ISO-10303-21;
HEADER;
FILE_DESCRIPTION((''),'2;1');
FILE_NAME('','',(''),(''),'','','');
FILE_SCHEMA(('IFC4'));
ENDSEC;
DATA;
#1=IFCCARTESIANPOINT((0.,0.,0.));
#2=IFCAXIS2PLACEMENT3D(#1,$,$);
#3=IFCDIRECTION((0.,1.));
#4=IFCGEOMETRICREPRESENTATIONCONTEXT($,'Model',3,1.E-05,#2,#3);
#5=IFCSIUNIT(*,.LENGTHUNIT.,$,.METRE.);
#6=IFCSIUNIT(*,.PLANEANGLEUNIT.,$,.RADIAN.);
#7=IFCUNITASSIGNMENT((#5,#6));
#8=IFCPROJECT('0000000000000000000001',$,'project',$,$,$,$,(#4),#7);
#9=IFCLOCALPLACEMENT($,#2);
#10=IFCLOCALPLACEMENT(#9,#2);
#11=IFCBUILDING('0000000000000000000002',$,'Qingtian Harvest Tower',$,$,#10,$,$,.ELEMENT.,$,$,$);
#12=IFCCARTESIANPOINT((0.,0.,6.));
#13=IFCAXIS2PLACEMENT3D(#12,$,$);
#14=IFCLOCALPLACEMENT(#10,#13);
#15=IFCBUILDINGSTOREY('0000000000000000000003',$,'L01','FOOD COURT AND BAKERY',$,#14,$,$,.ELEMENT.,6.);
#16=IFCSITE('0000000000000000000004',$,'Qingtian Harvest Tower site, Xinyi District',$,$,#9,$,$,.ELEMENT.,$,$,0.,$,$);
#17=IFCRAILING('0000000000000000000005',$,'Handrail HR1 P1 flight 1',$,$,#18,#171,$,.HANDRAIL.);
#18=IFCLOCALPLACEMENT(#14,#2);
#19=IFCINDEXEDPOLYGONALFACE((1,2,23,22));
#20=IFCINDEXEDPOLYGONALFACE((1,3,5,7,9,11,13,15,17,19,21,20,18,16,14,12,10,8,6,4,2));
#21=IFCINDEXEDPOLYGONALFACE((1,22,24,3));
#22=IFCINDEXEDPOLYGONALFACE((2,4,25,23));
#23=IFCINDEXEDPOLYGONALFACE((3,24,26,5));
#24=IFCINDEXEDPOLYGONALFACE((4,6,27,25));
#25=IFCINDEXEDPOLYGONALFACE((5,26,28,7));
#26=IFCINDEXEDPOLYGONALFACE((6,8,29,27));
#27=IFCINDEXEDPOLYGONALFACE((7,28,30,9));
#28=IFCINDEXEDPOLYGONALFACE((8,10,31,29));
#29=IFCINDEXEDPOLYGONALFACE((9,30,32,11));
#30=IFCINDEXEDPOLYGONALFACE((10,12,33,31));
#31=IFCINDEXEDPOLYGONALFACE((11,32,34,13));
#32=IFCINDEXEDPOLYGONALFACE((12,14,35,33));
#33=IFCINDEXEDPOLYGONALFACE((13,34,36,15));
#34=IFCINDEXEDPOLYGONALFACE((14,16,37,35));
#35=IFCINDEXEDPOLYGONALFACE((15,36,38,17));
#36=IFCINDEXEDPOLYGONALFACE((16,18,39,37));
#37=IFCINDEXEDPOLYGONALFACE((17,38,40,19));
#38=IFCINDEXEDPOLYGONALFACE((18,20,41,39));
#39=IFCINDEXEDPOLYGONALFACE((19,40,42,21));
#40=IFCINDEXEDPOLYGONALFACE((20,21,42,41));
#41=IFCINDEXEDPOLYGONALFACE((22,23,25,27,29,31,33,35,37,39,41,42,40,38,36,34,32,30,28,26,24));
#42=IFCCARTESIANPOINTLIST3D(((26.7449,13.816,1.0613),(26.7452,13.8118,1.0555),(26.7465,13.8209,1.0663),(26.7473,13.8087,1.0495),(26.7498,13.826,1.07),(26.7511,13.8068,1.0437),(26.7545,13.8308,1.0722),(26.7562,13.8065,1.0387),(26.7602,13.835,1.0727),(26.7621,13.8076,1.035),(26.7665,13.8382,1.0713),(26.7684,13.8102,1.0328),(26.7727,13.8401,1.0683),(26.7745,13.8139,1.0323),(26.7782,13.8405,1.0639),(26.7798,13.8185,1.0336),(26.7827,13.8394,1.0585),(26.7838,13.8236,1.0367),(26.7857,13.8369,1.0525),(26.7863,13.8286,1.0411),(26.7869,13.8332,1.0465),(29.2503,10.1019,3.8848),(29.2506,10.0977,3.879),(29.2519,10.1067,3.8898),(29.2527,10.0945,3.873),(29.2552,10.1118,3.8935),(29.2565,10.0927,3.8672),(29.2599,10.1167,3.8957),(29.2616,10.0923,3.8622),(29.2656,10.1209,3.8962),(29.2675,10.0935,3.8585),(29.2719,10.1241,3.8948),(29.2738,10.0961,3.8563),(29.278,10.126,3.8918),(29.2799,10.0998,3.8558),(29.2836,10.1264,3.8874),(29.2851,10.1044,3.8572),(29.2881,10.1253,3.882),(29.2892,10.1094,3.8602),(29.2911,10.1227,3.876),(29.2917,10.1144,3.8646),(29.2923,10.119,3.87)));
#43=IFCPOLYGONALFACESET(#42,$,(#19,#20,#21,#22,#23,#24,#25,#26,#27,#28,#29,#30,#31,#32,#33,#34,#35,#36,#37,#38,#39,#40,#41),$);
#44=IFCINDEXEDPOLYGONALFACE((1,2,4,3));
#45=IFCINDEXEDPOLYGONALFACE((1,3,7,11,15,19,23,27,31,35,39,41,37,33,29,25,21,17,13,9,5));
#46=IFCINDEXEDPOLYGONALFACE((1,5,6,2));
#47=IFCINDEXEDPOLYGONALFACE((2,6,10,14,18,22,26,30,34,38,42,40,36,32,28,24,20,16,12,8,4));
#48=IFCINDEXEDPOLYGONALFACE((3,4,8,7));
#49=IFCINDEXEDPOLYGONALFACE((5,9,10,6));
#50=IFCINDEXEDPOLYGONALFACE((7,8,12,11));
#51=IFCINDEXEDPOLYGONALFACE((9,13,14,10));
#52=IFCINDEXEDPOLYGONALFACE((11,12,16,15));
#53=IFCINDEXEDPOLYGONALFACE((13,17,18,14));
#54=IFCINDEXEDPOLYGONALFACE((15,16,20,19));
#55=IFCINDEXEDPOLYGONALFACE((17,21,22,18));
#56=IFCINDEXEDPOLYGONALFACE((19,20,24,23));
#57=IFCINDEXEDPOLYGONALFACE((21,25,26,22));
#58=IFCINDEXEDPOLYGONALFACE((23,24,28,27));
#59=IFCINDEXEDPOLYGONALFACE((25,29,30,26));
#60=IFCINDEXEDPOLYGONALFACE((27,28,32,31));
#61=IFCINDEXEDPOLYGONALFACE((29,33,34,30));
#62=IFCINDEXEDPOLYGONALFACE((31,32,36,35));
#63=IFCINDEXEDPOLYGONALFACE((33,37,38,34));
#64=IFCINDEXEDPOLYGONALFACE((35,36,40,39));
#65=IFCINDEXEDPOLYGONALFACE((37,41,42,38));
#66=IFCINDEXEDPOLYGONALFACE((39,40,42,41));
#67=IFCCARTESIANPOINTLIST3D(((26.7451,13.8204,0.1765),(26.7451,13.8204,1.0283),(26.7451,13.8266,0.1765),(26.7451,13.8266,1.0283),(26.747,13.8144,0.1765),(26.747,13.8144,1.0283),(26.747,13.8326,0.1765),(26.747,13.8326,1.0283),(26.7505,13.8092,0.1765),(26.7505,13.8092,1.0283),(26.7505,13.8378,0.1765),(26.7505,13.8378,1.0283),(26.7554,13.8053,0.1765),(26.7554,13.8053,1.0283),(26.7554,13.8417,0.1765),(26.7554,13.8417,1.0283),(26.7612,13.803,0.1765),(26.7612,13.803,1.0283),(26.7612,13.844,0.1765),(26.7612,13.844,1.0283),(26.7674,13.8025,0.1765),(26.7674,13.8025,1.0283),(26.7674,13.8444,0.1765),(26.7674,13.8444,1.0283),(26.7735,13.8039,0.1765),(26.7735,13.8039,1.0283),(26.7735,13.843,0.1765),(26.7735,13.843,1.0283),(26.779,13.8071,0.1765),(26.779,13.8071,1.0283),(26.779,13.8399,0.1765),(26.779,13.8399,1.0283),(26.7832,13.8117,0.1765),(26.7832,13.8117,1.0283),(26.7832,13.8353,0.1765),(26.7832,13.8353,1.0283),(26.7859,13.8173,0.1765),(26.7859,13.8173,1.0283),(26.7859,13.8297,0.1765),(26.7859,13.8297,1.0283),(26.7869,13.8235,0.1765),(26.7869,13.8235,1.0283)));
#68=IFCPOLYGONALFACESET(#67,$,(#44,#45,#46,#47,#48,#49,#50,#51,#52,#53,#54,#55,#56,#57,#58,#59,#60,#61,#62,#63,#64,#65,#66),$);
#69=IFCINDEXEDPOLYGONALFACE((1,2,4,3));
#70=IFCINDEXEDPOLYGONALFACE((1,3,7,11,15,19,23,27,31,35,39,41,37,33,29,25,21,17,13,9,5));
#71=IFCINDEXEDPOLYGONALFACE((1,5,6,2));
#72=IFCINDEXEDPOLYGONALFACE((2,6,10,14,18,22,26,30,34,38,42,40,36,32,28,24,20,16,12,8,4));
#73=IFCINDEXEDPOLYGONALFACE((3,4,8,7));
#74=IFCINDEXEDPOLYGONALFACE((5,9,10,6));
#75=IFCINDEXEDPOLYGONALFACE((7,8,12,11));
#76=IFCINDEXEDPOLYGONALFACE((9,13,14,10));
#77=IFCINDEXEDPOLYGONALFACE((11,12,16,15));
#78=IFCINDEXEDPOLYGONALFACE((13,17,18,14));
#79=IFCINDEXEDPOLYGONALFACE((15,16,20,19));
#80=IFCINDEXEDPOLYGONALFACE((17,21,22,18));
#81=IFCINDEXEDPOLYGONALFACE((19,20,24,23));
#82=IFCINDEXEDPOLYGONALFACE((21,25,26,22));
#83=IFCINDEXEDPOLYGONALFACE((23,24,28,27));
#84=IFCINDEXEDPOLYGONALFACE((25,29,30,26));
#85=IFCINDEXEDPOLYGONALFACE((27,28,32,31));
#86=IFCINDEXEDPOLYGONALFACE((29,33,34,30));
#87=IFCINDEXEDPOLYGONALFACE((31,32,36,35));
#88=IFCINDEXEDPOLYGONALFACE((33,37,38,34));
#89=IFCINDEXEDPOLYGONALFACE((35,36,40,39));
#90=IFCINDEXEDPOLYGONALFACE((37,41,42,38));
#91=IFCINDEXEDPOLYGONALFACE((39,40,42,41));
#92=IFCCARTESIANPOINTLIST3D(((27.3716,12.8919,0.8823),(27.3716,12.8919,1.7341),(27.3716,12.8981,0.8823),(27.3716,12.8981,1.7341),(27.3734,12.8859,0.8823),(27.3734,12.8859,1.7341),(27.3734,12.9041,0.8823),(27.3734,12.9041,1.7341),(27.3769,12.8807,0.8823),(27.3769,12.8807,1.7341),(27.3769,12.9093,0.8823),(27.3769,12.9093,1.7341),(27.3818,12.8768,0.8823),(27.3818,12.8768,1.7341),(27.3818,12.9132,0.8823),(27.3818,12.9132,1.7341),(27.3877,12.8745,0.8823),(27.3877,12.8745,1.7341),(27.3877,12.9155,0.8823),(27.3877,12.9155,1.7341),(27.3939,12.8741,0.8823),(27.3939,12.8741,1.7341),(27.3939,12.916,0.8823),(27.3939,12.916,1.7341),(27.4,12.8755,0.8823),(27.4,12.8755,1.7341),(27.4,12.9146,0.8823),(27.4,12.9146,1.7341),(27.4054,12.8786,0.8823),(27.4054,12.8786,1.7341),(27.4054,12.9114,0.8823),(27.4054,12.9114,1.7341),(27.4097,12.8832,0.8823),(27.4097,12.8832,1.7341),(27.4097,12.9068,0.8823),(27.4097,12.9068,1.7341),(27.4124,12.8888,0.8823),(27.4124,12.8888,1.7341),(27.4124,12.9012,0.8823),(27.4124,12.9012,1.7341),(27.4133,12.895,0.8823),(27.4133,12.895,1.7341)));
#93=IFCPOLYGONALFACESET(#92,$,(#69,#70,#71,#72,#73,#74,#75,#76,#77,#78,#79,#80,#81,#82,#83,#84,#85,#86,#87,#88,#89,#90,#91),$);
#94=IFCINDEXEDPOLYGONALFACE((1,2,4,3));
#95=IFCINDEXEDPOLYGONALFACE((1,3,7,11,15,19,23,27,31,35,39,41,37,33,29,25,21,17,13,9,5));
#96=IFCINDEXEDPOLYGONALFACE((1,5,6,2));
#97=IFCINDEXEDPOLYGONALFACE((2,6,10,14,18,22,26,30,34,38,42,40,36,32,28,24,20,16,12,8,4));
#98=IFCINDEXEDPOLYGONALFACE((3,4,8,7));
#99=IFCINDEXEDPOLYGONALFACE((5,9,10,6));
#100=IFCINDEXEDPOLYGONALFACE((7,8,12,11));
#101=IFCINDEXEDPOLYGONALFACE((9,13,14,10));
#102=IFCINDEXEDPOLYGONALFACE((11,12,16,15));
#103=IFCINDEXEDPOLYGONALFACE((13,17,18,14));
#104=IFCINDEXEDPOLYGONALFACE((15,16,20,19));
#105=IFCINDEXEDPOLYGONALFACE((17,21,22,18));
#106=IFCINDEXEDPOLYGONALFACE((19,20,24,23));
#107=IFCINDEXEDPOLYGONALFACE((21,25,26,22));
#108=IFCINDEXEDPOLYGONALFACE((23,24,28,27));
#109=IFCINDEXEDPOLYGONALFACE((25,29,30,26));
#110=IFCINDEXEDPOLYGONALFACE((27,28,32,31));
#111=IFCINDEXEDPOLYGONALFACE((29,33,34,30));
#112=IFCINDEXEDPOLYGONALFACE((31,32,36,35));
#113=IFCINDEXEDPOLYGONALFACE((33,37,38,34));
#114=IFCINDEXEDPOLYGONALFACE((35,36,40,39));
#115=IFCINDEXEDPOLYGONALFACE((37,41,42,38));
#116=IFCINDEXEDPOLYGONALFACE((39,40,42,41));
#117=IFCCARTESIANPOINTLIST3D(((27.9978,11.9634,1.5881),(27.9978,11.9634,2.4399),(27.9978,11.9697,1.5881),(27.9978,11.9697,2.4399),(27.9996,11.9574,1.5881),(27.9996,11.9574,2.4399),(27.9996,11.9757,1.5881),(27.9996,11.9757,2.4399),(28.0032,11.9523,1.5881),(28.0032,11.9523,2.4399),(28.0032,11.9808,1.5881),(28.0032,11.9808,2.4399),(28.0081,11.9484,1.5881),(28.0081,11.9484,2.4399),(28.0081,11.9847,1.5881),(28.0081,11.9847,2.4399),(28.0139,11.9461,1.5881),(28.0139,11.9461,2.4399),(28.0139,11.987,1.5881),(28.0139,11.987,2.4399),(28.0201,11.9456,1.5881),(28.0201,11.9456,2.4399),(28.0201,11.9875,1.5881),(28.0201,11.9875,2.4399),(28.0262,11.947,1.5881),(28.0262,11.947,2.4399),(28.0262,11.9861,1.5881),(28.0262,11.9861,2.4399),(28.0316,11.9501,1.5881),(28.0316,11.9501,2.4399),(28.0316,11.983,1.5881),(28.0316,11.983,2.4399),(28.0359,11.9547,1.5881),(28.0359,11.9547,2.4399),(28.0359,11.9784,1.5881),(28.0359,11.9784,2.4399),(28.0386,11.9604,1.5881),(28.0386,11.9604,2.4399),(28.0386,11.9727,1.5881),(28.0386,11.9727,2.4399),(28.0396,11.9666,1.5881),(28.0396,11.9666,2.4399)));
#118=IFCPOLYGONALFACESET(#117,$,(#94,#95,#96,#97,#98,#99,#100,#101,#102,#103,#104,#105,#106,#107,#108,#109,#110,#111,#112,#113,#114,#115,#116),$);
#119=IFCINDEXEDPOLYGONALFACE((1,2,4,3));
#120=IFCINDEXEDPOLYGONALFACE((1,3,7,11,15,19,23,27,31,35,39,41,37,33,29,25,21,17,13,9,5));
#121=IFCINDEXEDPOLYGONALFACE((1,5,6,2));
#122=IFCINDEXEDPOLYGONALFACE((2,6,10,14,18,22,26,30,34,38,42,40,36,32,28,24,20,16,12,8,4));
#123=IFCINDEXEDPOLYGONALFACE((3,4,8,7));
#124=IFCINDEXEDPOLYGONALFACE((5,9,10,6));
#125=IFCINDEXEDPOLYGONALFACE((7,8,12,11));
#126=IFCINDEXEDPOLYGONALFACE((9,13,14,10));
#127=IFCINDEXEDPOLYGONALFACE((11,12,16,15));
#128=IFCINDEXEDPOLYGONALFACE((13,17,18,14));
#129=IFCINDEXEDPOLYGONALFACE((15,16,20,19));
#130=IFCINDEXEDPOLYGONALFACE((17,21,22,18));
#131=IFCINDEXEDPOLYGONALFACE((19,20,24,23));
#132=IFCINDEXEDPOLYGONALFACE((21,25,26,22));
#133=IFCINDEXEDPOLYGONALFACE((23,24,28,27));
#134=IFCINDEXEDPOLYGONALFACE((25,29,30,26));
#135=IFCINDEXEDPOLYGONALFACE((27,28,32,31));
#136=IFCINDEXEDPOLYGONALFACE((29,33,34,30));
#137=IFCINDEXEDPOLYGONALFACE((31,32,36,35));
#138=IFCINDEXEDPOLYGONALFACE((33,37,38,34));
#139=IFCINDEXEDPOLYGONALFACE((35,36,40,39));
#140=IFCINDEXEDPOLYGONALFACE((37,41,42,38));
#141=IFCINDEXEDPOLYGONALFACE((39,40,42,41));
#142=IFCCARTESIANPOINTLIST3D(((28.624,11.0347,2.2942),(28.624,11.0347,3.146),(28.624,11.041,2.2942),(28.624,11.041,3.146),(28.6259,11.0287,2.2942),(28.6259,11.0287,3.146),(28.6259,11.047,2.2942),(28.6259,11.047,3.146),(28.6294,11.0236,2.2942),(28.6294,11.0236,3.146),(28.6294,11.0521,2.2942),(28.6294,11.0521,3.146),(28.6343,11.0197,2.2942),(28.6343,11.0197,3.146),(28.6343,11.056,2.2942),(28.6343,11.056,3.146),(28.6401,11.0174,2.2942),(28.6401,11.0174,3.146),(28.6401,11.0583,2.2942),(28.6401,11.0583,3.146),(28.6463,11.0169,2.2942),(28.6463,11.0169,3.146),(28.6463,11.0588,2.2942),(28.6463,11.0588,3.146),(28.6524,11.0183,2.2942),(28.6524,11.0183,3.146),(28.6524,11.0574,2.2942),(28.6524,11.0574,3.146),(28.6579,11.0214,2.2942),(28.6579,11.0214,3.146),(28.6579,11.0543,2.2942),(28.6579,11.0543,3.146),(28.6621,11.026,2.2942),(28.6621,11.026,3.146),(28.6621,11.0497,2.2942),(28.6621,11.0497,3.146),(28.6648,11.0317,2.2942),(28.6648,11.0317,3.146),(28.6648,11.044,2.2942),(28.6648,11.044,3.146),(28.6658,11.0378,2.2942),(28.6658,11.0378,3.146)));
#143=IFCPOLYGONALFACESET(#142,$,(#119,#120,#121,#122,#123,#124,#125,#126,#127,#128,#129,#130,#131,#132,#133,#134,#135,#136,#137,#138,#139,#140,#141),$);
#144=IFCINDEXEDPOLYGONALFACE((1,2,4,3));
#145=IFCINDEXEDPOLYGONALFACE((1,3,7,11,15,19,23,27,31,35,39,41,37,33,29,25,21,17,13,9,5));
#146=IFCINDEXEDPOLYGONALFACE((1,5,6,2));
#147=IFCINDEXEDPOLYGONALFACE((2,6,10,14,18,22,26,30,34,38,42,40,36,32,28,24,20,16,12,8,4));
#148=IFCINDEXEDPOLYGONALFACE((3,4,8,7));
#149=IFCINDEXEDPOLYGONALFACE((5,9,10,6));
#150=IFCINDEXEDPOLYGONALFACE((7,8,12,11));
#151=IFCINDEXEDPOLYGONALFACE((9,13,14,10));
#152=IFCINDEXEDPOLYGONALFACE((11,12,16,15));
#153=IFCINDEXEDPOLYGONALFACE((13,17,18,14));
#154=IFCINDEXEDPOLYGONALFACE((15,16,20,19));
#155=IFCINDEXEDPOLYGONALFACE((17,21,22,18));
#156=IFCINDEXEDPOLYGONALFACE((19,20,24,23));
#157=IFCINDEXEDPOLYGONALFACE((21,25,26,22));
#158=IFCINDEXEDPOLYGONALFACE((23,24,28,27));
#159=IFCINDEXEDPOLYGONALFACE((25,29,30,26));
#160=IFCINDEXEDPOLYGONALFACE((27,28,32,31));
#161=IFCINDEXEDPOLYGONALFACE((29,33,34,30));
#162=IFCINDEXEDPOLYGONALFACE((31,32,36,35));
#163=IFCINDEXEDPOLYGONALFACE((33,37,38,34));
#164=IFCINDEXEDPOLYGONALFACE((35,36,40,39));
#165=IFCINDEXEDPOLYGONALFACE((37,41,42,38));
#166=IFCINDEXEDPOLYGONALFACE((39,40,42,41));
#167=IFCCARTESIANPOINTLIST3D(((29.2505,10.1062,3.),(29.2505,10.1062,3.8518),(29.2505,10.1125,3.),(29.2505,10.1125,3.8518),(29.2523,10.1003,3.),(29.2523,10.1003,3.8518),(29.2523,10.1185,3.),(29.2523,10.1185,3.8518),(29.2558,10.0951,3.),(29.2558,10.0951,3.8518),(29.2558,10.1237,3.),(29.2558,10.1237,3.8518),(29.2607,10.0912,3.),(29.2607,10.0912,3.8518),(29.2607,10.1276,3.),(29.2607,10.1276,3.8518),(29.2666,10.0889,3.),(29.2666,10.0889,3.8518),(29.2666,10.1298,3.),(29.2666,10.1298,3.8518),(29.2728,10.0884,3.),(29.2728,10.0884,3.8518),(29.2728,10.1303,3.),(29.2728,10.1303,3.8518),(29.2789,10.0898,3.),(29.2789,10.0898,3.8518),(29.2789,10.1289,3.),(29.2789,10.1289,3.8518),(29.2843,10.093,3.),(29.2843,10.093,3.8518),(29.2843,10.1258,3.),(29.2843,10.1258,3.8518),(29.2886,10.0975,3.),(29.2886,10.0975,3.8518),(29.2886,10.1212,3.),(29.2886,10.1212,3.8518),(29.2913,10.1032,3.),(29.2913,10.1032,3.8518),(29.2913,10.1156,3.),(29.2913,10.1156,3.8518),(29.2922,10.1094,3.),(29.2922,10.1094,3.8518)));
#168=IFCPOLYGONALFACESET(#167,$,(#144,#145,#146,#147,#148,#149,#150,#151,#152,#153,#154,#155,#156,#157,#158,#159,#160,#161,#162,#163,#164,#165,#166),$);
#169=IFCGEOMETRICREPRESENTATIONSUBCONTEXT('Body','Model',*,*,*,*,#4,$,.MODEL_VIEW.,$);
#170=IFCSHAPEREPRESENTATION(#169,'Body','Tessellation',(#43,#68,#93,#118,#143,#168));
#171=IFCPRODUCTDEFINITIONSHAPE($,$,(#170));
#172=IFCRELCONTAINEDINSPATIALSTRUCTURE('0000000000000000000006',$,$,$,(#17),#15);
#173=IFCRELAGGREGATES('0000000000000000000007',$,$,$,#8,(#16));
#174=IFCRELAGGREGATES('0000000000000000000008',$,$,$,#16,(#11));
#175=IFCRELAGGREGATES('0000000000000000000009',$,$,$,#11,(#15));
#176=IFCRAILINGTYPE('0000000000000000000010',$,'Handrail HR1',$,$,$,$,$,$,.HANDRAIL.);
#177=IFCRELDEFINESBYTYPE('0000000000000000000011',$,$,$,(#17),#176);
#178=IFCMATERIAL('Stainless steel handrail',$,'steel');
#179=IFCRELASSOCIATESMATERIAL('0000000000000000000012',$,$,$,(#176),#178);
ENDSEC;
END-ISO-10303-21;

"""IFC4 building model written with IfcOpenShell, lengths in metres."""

from ifc_helpers import new_model, si_unit, direction, frame, origin, origin_2d, place, context, subcontext, project, spatial, circle, extrude, material, type_object, element, save


model = new_model("IFC4")

# Units and contexts
model_context = context("Model", 3, precision=1e-05, world=origin(), true_north=direction((0.0, 1.0)))
body_context = subcontext(model_context, "Body", "Model", "MODEL_VIEW")
ifc_project = project(units=[si_unit("LENGTHUNIT", "METRE"), si_unit("PLANEANGLEUNIT", "RADIAN")], contexts=[model_context])

# Site, building, storey
site_placement = place(None, origin())
site = spatial("IfcSite", under=ifc_project, at=site_placement, Name="Qingtian Harvest Tower site, Xinyi District", CompositionType="ELEMENT", RefElevation=0.0)
building_placement = place(site_placement, origin())
building = spatial("IfcBuilding", under=site, at=building_placement, Name="Qingtian Harvest Tower", CompositionType="ELEMENT")
storey_placement = place(building_placement, frame((0.0, 0.0, 6.0)))
storey = spatial("IfcBuildingStorey", under=building, at=storey_placement, Name="L01", Description="FOOD COURT AND BAKERY", CompositionType="ELEMENT", Elevation=6.0)

# Railing
ifc_material_1 = material(Name="Stainless steel handrail", Category="steel")
railing_type = type_object("IfcRailingType", Name="Handrail HR1", PredefinedType="HANDRAIL", material=ifc_material_1)
railing_1_placement = place(storey_placement, frame((26.7659, 13.8235, 0.1765)))
element("IfcRailing", 1, at=railing_1_placement, inside=storey, type_object=railing_type, Name="Handrail HR1 P1 flight 1", PredefinedType="HANDRAIL", context=body_context, shape_type="SweptSolid", body=[
    extrude(circle(Radius=0.0239, at=origin_2d()), frame((0.0, 0.0, 0.876), z_axis=(0.473103, -0.701355, 0.533174), x_axis=(0.82902, 0.559219, 0.0)), (0.0, 0.0, 1.0), 5.2957),
    extrude(circle(Radius=0.021, at=origin_2d()), origin(), (0.0, 0.0, 1.0), 0.8518),
    extrude(circle(Radius=0.021, at=origin_2d()), frame((0.6265, -0.9285, 0.7058)), (0.0, 0.0, 1.0), 0.8518),
    extrude(circle(Radius=0.021, at=origin_2d()), frame((1.2527, -1.8569, 1.4116)), (0.0, 0.0, 1.0), 0.8518),
    extrude(circle(Radius=0.021, at=origin_2d()), frame((1.8789, -2.7856, 2.1177)), (0.0, 0.0, 1.0), 0.8518),
    extrude(circle(Radius=0.021, at=origin_2d()), frame((2.5054, -3.7141, 2.8235)), (0.0, 0.0, 1.0), 0.8518),
])

save(model, "model.ifc")
